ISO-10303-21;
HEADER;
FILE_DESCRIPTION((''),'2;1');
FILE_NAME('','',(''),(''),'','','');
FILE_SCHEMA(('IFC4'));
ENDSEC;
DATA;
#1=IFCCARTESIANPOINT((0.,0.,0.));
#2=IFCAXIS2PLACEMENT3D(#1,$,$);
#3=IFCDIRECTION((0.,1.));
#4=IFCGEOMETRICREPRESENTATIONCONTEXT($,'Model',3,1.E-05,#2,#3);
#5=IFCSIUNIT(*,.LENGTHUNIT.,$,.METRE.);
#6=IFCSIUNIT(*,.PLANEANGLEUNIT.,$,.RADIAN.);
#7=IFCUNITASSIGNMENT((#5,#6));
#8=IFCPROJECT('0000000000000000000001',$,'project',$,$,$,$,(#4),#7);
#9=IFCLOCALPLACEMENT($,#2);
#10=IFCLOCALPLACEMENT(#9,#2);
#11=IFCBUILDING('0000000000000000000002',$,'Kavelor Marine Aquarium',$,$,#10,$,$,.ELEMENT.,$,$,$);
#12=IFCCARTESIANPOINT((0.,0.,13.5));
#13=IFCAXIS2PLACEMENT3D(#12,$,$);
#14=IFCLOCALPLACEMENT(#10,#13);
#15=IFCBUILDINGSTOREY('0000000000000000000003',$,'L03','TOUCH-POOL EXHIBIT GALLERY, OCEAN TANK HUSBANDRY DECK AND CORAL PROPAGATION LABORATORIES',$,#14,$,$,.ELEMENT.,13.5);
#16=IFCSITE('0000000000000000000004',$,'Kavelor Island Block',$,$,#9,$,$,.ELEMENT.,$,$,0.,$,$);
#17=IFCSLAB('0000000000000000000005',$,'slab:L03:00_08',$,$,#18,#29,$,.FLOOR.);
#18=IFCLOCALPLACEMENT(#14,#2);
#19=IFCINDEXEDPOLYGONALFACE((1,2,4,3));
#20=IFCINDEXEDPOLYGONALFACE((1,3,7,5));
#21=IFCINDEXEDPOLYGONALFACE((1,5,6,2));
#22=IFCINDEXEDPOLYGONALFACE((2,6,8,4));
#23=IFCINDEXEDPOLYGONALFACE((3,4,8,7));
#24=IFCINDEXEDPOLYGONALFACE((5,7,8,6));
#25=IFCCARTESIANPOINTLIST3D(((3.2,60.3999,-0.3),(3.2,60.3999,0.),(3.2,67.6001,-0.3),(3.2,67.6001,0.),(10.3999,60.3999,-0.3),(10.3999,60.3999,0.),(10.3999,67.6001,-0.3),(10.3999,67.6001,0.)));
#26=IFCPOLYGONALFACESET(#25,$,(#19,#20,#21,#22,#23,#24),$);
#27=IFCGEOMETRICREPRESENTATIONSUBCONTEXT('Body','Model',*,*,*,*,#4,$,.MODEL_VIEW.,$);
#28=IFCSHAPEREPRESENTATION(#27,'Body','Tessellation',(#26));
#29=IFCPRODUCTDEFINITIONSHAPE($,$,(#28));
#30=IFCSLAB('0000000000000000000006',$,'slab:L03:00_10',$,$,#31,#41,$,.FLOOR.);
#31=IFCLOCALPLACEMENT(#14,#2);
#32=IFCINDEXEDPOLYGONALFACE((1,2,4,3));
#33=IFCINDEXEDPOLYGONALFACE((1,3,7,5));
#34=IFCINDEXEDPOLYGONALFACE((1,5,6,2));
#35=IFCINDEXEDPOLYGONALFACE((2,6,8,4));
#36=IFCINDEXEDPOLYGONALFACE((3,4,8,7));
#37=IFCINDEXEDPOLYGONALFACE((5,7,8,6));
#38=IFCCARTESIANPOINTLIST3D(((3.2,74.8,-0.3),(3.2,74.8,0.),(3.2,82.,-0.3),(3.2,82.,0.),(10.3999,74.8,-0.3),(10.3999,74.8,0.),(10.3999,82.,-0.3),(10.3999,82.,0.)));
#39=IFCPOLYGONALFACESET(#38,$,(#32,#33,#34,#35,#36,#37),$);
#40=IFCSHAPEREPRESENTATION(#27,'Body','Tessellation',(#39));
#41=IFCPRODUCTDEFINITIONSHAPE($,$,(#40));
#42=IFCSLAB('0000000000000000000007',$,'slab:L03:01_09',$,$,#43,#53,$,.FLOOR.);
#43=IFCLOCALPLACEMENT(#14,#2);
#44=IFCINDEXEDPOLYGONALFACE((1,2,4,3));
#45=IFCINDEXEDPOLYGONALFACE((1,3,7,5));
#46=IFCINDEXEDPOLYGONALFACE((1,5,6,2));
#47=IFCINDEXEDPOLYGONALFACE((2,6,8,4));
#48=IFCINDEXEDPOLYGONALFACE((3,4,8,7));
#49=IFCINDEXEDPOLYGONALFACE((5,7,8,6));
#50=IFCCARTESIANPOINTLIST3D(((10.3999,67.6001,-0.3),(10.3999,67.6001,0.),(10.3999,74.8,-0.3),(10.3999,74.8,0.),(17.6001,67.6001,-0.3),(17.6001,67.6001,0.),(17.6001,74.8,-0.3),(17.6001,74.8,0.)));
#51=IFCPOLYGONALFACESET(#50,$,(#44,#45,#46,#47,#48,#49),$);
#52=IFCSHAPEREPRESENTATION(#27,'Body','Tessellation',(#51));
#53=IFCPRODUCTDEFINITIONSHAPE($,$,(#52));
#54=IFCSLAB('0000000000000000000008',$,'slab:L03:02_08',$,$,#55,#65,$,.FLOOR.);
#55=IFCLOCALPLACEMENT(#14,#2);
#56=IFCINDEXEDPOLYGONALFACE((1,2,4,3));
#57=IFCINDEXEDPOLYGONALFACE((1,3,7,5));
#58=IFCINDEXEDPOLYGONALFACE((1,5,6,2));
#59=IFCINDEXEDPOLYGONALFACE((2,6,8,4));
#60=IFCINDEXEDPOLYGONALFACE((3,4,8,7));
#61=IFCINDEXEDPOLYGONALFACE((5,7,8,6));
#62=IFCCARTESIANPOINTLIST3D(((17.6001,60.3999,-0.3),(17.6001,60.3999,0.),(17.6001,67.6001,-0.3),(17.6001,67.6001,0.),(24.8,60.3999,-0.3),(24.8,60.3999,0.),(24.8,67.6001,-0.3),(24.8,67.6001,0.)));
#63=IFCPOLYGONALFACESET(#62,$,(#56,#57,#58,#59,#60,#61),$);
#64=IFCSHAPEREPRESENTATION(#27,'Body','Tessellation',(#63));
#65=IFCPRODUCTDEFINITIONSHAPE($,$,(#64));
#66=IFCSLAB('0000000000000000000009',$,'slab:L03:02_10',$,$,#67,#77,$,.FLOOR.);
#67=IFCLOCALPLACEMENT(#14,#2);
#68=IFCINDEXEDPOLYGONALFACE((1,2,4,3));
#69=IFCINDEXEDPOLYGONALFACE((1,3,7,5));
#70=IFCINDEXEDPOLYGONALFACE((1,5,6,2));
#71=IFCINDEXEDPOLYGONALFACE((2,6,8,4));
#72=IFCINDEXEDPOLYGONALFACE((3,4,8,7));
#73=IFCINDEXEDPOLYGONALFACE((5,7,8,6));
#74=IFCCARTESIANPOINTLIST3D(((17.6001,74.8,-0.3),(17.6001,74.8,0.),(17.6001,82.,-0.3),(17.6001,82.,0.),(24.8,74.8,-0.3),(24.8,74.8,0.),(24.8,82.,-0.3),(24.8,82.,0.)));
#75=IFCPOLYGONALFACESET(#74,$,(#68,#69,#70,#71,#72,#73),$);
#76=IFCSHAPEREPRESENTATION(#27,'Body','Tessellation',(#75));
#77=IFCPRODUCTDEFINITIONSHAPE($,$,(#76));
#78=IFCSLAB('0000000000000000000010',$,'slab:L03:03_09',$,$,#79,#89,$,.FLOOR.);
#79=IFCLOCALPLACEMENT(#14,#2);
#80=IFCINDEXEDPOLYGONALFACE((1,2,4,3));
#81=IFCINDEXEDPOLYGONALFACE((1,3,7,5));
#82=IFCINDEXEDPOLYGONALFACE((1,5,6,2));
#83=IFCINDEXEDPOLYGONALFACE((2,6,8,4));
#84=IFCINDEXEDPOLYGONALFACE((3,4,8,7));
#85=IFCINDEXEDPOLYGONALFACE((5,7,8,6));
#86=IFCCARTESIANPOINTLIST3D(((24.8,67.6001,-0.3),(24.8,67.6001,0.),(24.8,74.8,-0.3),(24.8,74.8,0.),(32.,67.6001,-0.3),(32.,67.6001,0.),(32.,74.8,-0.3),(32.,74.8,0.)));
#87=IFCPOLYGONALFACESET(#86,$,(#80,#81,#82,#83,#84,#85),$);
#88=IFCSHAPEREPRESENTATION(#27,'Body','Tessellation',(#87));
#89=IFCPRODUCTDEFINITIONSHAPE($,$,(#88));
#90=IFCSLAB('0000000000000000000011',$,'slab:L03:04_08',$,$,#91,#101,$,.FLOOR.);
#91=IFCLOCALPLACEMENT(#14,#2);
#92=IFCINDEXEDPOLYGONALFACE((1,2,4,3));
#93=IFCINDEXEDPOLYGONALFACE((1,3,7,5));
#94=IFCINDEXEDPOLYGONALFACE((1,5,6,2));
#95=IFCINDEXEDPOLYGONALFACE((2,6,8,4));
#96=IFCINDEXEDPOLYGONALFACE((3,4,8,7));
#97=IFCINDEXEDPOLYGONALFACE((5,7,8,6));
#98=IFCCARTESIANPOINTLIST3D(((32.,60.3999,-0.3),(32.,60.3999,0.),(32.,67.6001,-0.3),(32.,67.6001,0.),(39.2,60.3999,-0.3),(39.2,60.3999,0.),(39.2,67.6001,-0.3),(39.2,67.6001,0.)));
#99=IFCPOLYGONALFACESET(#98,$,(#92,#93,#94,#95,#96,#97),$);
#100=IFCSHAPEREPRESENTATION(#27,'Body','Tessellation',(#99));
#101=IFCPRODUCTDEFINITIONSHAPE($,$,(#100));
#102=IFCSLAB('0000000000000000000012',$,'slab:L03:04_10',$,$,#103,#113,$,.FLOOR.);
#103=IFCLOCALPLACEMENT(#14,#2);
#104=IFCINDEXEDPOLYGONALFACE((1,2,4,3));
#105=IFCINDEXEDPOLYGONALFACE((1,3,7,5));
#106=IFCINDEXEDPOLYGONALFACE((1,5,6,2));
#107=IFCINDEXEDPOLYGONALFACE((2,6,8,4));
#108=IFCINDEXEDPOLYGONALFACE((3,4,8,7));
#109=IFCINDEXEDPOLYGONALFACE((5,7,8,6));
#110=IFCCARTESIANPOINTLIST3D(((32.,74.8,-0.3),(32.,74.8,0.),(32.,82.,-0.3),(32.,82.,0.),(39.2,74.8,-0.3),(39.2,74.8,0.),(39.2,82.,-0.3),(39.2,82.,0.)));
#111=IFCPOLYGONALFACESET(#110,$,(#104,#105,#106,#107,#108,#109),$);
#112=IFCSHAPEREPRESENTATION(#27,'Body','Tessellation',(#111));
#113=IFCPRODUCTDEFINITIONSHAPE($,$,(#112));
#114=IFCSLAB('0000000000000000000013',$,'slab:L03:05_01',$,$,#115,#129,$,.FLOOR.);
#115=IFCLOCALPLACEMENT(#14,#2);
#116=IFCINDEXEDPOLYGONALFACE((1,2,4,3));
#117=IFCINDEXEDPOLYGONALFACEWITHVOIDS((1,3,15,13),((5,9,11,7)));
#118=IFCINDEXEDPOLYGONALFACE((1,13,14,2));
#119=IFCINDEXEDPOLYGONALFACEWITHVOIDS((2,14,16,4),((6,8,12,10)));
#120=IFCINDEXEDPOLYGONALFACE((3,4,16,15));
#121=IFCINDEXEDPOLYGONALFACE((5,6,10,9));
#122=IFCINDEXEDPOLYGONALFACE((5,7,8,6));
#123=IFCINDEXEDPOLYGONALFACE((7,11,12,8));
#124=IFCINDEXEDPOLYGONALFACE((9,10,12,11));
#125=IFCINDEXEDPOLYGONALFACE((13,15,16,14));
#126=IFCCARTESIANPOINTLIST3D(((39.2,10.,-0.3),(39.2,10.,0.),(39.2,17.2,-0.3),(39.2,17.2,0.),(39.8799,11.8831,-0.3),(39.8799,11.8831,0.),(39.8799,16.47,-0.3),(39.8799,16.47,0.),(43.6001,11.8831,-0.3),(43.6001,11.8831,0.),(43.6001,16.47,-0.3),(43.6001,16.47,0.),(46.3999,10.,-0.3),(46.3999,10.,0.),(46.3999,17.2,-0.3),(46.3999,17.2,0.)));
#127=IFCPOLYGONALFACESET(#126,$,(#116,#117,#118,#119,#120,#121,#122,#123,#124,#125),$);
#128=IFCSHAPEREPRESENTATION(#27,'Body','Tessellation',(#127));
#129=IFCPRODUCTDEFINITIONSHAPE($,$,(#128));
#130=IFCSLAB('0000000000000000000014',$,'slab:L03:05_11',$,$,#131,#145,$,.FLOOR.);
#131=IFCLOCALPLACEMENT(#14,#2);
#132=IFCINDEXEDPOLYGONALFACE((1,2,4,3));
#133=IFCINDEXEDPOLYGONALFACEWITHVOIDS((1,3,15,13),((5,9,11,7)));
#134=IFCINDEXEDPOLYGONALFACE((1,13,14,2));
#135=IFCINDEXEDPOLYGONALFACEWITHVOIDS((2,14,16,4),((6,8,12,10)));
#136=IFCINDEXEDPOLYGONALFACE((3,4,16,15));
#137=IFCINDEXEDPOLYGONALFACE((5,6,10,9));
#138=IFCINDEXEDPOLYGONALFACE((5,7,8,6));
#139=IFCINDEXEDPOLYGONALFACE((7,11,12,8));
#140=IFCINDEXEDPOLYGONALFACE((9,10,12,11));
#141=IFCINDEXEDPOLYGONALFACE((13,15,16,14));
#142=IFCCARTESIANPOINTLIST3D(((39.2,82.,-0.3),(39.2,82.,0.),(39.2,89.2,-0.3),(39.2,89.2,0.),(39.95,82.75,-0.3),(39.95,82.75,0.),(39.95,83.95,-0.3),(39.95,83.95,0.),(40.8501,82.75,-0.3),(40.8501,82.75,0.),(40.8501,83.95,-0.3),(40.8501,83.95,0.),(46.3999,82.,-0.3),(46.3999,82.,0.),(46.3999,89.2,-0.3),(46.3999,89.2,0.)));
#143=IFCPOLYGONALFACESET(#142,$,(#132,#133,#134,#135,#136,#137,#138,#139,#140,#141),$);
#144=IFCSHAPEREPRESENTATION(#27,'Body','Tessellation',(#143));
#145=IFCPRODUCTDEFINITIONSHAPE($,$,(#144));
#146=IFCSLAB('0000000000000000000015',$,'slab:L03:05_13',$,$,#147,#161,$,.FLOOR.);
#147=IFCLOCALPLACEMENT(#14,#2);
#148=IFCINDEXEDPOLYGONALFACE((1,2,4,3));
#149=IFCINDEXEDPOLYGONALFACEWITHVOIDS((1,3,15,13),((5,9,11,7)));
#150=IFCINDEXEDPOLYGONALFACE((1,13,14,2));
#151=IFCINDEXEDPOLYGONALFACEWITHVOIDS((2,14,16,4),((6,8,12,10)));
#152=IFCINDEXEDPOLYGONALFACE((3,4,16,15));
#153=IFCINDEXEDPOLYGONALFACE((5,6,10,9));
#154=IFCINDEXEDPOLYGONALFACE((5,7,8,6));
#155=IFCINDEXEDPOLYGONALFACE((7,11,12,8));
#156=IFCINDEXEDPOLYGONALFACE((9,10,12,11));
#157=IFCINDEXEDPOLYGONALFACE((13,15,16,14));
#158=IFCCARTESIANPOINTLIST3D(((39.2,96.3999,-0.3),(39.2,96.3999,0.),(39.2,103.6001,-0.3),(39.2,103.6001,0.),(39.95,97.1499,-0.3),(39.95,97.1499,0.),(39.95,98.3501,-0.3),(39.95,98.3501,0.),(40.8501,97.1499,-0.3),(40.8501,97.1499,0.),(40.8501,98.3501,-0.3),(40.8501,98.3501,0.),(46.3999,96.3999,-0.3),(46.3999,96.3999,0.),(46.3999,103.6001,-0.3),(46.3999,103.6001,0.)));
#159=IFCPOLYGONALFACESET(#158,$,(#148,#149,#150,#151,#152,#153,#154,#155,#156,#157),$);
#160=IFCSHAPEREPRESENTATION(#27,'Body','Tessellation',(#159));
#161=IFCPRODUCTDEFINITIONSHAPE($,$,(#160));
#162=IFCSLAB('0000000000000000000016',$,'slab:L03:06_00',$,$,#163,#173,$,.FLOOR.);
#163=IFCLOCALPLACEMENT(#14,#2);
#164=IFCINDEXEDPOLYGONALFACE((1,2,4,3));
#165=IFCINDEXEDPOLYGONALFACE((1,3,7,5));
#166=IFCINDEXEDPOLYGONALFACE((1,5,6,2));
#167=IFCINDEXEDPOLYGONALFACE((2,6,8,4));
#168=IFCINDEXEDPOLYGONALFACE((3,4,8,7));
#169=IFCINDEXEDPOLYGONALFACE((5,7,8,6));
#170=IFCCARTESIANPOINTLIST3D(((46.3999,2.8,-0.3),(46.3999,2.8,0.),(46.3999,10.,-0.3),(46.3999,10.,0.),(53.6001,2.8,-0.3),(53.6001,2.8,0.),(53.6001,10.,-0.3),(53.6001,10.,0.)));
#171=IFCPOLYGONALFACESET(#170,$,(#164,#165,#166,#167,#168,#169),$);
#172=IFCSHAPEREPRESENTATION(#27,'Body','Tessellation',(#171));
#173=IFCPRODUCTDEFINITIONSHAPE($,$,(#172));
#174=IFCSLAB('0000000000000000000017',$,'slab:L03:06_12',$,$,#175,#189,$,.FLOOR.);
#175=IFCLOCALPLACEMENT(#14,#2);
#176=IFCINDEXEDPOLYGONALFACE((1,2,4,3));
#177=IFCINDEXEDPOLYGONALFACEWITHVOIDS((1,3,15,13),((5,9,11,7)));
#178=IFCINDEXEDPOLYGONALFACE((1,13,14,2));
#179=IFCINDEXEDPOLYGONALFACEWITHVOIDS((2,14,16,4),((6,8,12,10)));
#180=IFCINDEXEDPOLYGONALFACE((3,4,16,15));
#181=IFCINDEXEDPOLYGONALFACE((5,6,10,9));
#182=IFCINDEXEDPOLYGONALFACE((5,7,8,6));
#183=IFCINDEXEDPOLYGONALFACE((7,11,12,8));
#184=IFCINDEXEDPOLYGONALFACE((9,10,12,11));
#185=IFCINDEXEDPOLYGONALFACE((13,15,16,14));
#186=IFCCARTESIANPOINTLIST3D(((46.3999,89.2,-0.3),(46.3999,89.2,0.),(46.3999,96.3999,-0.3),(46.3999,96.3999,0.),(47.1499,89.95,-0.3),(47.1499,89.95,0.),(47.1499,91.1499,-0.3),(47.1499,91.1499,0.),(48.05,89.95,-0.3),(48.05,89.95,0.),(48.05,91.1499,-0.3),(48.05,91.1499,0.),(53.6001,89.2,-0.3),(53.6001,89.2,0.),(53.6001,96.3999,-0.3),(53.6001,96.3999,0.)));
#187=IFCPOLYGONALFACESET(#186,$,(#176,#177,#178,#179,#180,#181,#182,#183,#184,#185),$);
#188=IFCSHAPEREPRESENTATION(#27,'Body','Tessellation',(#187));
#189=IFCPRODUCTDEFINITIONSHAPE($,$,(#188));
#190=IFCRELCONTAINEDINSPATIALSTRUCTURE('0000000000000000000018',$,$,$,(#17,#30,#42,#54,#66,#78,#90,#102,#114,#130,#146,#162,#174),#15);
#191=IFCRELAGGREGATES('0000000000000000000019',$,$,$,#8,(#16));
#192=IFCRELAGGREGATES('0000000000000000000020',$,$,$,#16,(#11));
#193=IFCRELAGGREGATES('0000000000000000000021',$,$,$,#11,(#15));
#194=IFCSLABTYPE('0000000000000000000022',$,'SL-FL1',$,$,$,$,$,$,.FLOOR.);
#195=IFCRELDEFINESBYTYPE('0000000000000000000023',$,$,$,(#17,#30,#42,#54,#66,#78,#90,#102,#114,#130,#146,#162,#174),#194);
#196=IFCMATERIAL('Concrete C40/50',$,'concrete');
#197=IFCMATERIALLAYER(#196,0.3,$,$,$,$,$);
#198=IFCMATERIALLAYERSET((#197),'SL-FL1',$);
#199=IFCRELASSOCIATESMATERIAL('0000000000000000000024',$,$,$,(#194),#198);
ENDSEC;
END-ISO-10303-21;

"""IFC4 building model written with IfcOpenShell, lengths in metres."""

from ifc_helpers import new_model, si_unit, direction, frame, origin, place, context, subcontext, project, spatial, polyline, outline, extrude, material, layer, layer_set, type_object, element, save


model = new_model("IFC4")

# Units and contexts
model_context = context("Model", 3, precision=1e-05, world=origin(), true_north=direction((0.0, 1.0)))
body_context = subcontext(model_context, "Body", "Model", "MODEL_VIEW")
ifc_project = project(units=[si_unit("LENGTHUNIT", "METRE"), si_unit("PLANEANGLEUNIT", "RADIAN")], contexts=[model_context])

# Site, building, storey
site_placement = place(None, origin())
site = spatial("IfcSite", under=ifc_project, at=site_placement, Name="Kavelor Island Block", CompositionType="ELEMENT", RefElevation=0.0)
building_placement = place(site_placement, origin())
building = spatial("IfcBuilding", under=site, at=building_placement, Name="Kavelor Marine Aquarium", CompositionType="ELEMENT")
storey_placement = place(building_placement, frame((0.0, 0.0, 13.5)))
storey = spatial("IfcBuildingStorey", under=building, at=storey_placement, Name="L03", Description="TOUCH-POOL EXHIBIT GALLERY, OCEAN TANK HUSBANDRY DECK AND CORAL PROPAGATION LABORATORIES", CompositionType="ELEMENT", Elevation=13.5)

# Slabs
ifc_material = material(Name="Concrete C40/50", Category="concrete")
ifc_layer = layer(ifc_material, 0.3)
ifc_layer_set = layer_set([ifc_layer], Name="SL-FL1")
slab_type = type_object("IfcSlabType", Name="SL-FL1", PredefinedType="FLOOR", material=ifc_layer_set)
slab_1_placement = place(storey_placement, frame((0.0, 0.0, -0.3)))
element("IfcSlab", 1, at=slab_1_placement, inside=storey, type_object=slab_type, Name="slab:L03:00_08", PredefinedType="FLOOR", context=body_context, shape_type="SweptSolid", body=[
    extrude(outline(polyline([(3.2, 60.3999), (10.3999, 60.3999), (10.3999, 67.6001), (3.2, 67.6001), (3.2, 60.3999)])), origin(), (0.0, 0.0, 1.0), 0.3),
])
slab_2_placement = place(storey_placement, frame((0.0, 0.0, -0.3)))
element("IfcSlab", 2, at=slab_2_placement, inside=storey, type_object=slab_type, Name="slab:L03:00_10", PredefinedType="FLOOR", context=body_context, shape_type="SweptSolid", body=[
    extrude(outline(polyline([(3.2, 74.8), (10.3999, 74.8), (10.3999, 82.0), (3.2, 82.0), (3.2, 74.8)])), origin(), (0.0, 0.0, 1.0), 0.3),
])
slab_3_placement = place(storey_placement, frame((0.0, 0.0, -0.3)))
element("IfcSlab", 3, at=slab_3_placement, inside=storey, type_object=slab_type, Name="slab:L03:01_09", PredefinedType="FLOOR", context=body_context, shape_type="SweptSolid", body=[
    extrude(outline(polyline([(10.3999, 67.6001), (17.6001, 67.6001), (17.6001, 74.8), (10.3999, 74.8), (10.3999, 67.6001)])), origin(), (0.0, 0.0, 1.0), 0.3),
])
slab_4_placement = place(storey_placement, frame((0.0, 0.0, -0.3)))
element("IfcSlab", 4, at=slab_4_placement, inside=storey, type_object=slab_type, Name="slab:L03:02_08", PredefinedType="FLOOR", context=body_context, shape_type="SweptSolid", body=[
    extrude(outline(polyline([(17.6001, 60.3999), (24.8, 60.3999), (24.8, 67.6001), (17.6001, 67.6001), (17.6001, 60.3999)])), origin(), (0.0, 0.0, 1.0), 0.3),
])
slab_5_placement = place(storey_placement, frame((0.0, 0.0, -0.3)))
element("IfcSlab", 5, at=slab_5_placement, inside=storey, type_object=slab_type, Name="slab:L03:02_10", PredefinedType="FLOOR", context=body_context, shape_type="SweptSolid", body=[
    extrude(outline(polyline([(17.6001, 74.8), (24.8, 74.8), (24.8, 82.0), (17.6001, 82.0), (17.6001, 74.8)])), origin(), (0.0, 0.0, 1.0), 0.3),
])
slab_6_placement = place(storey_placement, frame((0.0, 0.0, -0.3)))
element("IfcSlab", 6, at=slab_6_placement, inside=storey, type_object=slab_type, Name="slab:L03:03_09", PredefinedType="FLOOR", context=body_context, shape_type="SweptSolid", body=[
    extrude(outline(polyline([(24.8, 67.6001), (32.0, 67.6001), (32.0, 74.8), (24.8, 74.8), (24.8, 67.6001)])), origin(), (0.0, 0.0, 1.0), 0.3),
])
slab_7_placement = place(storey_placement, frame((0.0, 0.0, -0.3)))
element("IfcSlab", 7, at=slab_7_placement, inside=storey, type_object=slab_type, Name="slab:L03:04_08", PredefinedType="FLOOR", context=body_context, shape_type="SweptSolid", body=[
    extrude(outline(polyline([(32.0, 60.3999), (39.2, 60.3999), (39.2, 67.6001), (32.0, 67.6001), (32.0, 60.3999)])), origin(), (0.0, 0.0, 1.0), 0.3),
])
slab_8_placement = place(storey_placement, frame((0.0, 0.0, -0.3)))
element("IfcSlab", 8, at=slab_8_placement, inside=storey, type_object=slab_type, Name="slab:L03:04_10", PredefinedType="FLOOR", context=body_context, shape_type="SweptSolid", body=[
    extrude(outline(polyline([(32.0, 74.8), (39.2, 74.8), (39.2, 82.0), (32.0, 82.0), (32.0, 74.8)])), origin(), (0.0, 0.0, 1.0), 0.3),
])
slab_9_placement = place(storey_placement, frame((0.0, 0.0, -0.3)))
element("IfcSlab", 9, at=slab_9_placement, inside=storey, type_object=slab_type, Name="slab:L03:05_01", PredefinedType="FLOOR", context=body_context, shape_type="SweptSolid", body=[
    extrude(outline(polyline([(39.2, 10.0), (46.3999, 10.0), (46.3999, 17.2), (39.2, 17.2), (39.2, 10.0)]), holes=[polyline([(39.8799, 11.8831), (43.6001, 11.8831), (43.6001, 16.47), (39.8799, 16.47), (39.8799, 11.8831)])]), origin(), (0.0, 0.0, 1.0), 0.3),
])
slab_10_placement = place(storey_placement, frame((0.0, 0.0, -0.3)))
element("IfcSlab", 10, at=slab_10_placement, inside=storey, type_object=slab_type, Name="slab:L03:05_11", PredefinedType="FLOOR", context=body_context, shape_type="SweptSolid", body=[
    extrude(outline(polyline([(39.2, 82.0), (46.3999, 82.0), (46.3999, 89.2), (39.2, 89.2), (39.2, 82.0)]), holes=[polyline([(39.95, 82.75), (40.8501, 82.75), (40.8501, 83.95), (39.95, 83.95), (39.95, 82.75)])]), origin(), (0.0, 0.0, 1.0), 0.3),
])
slab_11_placement = place(storey_placement, frame((0.0, 0.0, -0.3)))
element("IfcSlab", 11, at=slab_11_placement, inside=storey, type_object=slab_type, Name="slab:L03:05_13", PredefinedType="FLOOR", context=body_context, shape_type="SweptSolid", body=[
    extrude(outline(polyline([(39.2, 96.3999), (46.3999, 96.3999), (46.3999, 103.6001), (39.2, 103.6001), (39.2, 96.3999)]), holes=[polyline([(39.95, 97.1499), (40.8501, 97.1499), (40.8501, 98.3501), (39.95, 98.3501), (39.95, 97.1499)])]), origin(), (0.0, 0.0, 1.0), 0.3),
])
slab_12_placement = place(storey_placement, frame((0.0, 0.0, -0.3)))
element("IfcSlab", 12, at=slab_12_placement, inside=storey, type_object=slab_type, Name="slab:L03:06_00", PredefinedType="FLOOR", context=body_context, shape_type="SweptSolid", body=[
    extrude(outline(polyline([(46.3999, 2.8), (53.6001, 2.8), (53.6001, 10.0), (46.3999, 10.0), (46.3999, 2.8)])), origin(), (0.0, 0.0, 1.0), 0.3),
])
slab_13_placement = place(storey_placement, frame((0.0, 0.0, -0.3)))
element("IfcSlab", 13, at=slab_13_placement, inside=storey, type_object=slab_type, Name="slab:L03:06_12", PredefinedType="FLOOR", context=body_context, shape_type="SweptSolid", body=[
    extrude(outline(polyline([(46.3999, 89.2), (53.6001, 89.2), (53.6001, 96.3999), (46.3999, 96.3999), (46.3999, 89.2)]), holes=[polyline([(47.1499, 89.95), (48.05, 89.95), (48.05, 91.1499), (47.1499, 91.1499), (47.1499, 89.95)])]), origin(), (0.0, 0.0, 1.0), 0.3),
])

save(model, "model.ifc")
